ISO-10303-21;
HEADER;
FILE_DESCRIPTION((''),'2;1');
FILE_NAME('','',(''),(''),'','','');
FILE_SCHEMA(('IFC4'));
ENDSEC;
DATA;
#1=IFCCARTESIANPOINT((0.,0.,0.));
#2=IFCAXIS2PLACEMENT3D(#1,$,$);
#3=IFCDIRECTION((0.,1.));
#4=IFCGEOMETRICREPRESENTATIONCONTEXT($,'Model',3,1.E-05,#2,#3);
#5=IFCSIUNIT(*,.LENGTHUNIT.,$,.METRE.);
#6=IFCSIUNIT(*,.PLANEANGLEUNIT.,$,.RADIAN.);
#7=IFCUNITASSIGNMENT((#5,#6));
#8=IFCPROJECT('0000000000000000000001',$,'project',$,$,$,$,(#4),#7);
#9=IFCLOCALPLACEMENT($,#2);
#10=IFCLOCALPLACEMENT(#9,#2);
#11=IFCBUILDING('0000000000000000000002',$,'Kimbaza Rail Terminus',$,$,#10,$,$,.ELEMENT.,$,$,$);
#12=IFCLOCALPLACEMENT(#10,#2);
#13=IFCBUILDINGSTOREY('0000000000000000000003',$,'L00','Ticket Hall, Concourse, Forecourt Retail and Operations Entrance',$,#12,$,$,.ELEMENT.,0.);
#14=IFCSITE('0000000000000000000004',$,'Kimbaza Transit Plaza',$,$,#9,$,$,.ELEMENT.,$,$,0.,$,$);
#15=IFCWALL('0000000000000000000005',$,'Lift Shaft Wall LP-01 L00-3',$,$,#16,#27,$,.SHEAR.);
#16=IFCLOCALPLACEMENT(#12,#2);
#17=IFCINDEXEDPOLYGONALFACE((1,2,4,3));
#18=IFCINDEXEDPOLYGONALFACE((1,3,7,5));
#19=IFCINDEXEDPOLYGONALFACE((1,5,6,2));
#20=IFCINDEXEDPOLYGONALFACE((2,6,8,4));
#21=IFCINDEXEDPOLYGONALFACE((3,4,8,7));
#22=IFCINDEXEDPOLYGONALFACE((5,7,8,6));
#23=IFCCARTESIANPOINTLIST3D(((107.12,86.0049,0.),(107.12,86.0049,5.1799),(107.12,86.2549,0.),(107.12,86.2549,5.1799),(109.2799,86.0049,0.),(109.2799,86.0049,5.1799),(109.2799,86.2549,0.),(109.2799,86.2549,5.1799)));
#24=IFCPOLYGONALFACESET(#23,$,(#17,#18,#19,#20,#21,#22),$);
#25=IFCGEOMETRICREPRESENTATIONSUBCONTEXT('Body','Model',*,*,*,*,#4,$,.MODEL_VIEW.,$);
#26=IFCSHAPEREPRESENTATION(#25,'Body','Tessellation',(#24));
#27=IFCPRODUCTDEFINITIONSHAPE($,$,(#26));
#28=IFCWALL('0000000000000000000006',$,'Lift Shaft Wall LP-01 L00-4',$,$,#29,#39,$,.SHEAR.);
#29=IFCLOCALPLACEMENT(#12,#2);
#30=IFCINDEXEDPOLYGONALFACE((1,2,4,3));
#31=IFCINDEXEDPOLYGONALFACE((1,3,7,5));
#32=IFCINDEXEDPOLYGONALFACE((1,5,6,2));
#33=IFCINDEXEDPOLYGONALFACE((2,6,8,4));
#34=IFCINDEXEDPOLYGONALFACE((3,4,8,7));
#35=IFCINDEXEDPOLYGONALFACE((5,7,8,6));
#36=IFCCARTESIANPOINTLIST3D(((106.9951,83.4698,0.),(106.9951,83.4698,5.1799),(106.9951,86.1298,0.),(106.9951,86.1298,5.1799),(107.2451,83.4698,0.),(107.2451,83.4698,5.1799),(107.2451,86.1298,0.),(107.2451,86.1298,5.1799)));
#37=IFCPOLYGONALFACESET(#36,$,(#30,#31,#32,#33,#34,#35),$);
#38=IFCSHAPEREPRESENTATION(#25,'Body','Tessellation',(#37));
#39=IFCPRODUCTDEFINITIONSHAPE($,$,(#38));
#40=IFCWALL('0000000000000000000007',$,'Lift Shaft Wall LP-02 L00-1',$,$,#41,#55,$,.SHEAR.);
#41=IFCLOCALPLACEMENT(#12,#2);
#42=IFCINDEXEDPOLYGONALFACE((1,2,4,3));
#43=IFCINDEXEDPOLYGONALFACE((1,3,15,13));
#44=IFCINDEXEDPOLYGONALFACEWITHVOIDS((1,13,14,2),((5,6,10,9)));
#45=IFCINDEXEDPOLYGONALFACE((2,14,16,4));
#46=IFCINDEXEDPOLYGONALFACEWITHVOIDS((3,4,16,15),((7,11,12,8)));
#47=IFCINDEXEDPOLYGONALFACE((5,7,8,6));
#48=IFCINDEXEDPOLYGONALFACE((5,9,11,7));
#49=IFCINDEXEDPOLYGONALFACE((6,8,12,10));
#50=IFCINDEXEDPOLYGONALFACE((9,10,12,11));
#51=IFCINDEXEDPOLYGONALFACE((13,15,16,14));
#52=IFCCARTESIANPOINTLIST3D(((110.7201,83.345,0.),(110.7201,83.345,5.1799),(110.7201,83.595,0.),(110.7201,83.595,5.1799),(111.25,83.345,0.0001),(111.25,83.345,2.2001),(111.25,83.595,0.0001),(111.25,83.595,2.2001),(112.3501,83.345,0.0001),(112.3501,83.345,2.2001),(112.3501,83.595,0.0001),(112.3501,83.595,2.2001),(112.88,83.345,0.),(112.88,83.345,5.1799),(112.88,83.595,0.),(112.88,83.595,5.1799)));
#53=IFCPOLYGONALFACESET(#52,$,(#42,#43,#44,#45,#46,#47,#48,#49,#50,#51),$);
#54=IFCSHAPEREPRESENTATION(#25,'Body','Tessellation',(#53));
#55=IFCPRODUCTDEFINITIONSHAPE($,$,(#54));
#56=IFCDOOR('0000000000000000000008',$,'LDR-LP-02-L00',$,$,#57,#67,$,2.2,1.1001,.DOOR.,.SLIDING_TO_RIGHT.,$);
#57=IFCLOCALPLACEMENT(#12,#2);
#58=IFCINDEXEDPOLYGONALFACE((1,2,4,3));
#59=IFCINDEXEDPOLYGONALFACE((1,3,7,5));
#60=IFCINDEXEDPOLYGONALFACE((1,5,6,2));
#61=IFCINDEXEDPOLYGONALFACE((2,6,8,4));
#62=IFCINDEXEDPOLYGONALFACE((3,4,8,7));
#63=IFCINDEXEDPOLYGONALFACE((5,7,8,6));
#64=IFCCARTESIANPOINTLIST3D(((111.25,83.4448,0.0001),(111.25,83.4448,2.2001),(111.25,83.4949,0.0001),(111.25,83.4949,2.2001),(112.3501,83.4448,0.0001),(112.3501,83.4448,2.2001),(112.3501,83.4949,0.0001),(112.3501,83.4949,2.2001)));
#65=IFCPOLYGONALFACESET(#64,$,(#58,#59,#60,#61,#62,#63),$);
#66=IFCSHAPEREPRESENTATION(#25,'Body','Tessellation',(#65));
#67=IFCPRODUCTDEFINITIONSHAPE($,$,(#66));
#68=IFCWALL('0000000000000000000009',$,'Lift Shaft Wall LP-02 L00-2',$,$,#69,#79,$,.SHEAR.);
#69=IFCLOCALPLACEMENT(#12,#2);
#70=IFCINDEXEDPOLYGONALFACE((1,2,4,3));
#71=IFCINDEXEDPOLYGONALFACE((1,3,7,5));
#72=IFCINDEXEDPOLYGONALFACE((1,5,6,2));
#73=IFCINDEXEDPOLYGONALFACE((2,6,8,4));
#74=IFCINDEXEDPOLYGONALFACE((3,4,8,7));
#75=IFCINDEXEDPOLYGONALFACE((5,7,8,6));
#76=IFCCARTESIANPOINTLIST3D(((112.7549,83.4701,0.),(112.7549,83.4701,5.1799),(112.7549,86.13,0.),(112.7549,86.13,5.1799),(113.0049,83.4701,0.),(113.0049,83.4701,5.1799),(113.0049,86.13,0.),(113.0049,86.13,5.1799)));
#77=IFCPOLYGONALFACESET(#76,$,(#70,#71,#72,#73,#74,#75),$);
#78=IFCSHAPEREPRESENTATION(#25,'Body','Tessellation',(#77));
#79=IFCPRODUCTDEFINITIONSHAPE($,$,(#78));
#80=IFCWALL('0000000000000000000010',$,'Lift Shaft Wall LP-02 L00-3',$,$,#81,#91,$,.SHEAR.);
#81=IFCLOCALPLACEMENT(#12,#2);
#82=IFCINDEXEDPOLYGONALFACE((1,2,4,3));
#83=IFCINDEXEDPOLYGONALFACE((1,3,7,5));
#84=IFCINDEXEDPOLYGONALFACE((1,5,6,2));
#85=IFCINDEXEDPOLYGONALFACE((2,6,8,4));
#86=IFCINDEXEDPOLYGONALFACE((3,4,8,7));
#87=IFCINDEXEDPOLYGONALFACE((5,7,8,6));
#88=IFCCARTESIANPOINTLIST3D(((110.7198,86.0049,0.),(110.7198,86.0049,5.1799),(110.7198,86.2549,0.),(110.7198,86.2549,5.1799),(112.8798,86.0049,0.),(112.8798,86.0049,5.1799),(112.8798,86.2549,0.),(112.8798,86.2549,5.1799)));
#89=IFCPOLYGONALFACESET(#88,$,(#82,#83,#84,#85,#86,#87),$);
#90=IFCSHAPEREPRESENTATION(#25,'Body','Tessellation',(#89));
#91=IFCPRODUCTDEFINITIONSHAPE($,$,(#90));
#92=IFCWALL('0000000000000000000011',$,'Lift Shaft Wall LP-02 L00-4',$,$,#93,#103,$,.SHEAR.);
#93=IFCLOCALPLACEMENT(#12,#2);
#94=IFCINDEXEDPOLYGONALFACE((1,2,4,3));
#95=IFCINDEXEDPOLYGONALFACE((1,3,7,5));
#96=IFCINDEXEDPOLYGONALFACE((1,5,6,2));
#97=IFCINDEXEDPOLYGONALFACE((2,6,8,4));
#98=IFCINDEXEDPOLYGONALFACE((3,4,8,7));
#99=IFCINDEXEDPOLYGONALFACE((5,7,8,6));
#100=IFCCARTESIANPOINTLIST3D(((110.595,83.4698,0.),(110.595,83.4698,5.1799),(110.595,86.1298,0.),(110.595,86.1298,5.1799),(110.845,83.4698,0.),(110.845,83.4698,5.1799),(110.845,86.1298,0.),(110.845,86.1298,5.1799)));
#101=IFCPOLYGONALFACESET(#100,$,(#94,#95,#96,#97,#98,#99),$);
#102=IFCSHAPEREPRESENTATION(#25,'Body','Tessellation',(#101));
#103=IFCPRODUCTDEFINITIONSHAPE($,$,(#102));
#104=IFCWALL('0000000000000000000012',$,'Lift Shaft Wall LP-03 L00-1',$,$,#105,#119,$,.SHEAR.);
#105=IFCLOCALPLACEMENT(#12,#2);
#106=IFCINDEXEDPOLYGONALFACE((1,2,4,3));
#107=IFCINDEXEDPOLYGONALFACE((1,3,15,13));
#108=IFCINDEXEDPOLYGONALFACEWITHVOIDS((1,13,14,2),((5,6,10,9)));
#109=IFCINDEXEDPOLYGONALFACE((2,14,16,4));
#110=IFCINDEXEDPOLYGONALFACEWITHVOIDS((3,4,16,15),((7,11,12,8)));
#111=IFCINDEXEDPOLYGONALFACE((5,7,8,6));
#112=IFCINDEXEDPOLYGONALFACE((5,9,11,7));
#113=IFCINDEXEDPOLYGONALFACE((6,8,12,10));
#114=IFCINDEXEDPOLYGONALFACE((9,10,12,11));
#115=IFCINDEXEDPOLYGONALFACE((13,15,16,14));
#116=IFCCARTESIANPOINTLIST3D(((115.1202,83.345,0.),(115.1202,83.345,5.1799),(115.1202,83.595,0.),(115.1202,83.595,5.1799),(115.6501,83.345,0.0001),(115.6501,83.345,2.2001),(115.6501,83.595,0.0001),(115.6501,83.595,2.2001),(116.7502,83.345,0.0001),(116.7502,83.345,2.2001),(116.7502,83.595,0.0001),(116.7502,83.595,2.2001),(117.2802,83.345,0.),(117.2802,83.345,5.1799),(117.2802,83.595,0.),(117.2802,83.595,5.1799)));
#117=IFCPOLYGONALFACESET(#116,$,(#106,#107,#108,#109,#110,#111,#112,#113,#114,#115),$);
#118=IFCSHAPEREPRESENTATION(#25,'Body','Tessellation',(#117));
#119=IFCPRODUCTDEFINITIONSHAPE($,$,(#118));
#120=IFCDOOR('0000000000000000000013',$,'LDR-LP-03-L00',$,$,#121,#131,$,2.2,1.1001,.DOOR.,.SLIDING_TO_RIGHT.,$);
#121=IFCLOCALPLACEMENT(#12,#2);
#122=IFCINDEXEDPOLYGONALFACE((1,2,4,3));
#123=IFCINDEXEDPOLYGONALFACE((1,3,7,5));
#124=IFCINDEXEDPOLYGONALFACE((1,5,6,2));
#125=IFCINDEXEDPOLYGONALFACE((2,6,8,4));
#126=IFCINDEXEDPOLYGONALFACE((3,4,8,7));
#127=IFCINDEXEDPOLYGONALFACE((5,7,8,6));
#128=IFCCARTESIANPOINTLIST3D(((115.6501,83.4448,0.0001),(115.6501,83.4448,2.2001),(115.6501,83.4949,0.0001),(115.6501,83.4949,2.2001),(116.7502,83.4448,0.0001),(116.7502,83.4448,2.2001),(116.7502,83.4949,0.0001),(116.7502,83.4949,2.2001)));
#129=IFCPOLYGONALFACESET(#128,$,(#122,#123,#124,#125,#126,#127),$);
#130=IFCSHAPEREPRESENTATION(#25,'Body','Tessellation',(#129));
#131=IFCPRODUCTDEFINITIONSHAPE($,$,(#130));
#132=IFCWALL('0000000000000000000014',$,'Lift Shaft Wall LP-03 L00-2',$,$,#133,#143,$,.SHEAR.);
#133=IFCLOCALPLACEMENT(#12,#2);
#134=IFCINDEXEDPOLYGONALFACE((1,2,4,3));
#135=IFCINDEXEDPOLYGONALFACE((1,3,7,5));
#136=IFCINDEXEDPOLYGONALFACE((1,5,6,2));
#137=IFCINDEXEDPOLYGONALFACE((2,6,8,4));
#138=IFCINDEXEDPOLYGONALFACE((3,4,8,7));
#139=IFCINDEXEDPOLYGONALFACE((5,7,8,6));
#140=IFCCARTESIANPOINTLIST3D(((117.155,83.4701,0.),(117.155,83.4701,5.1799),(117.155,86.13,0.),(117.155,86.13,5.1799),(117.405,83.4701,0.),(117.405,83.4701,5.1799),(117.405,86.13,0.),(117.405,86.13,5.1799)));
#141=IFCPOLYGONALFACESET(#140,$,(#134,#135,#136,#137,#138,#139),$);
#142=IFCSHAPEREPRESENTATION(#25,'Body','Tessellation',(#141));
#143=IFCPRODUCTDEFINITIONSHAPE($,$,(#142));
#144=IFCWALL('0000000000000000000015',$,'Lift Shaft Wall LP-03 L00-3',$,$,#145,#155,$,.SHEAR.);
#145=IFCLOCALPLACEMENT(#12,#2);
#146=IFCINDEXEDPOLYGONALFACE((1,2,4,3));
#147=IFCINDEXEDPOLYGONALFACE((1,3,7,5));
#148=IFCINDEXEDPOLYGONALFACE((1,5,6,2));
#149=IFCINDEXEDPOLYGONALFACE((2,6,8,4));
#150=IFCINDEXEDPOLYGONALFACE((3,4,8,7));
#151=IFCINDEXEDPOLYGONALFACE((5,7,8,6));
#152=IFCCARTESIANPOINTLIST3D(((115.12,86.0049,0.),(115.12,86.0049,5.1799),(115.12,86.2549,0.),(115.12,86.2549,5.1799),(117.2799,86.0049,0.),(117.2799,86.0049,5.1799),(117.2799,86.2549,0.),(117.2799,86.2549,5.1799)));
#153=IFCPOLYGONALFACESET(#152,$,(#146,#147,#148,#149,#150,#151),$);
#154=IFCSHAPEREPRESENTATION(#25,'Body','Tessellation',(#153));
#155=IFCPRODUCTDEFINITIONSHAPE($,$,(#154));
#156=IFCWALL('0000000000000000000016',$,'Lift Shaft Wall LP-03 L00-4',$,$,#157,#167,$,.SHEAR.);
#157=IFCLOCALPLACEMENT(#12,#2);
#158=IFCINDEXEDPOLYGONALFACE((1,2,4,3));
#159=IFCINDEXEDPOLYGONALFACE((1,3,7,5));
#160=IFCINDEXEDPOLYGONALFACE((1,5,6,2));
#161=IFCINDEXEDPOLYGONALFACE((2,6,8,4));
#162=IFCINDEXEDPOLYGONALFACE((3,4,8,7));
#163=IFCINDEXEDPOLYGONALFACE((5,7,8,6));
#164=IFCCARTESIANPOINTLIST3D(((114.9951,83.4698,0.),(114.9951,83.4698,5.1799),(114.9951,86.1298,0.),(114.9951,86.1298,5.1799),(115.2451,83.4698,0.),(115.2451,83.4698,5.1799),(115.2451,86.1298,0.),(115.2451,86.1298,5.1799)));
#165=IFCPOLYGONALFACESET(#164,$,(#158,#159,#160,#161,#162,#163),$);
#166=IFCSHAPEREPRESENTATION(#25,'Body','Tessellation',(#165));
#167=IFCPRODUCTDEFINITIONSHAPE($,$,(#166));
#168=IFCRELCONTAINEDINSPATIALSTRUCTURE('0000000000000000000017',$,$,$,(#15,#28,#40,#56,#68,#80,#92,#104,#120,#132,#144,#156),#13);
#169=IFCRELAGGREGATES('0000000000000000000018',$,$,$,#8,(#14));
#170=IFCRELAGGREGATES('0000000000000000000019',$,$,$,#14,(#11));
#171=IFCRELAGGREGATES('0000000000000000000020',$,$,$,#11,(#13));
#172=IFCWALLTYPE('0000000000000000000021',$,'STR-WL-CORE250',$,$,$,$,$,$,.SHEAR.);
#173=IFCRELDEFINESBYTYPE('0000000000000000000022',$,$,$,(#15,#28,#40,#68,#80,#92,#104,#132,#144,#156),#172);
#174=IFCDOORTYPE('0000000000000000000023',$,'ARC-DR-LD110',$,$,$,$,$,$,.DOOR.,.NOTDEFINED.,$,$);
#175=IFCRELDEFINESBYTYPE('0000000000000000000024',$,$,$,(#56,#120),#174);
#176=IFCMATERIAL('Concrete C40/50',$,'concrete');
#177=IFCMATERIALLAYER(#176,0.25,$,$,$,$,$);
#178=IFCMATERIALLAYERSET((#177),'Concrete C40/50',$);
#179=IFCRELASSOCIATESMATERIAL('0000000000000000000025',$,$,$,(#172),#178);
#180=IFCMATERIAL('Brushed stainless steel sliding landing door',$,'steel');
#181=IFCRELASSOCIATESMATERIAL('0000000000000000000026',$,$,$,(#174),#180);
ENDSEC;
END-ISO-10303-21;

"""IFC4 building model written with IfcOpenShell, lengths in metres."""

from ifc_helpers import new_model, si_unit, direction, frame, frame_2d, origin, place, context, subcontext, project, spatial, rectangle, extrude, material, layer, layer_set, type_object, element, fill, save


model = new_model("IFC4")

# Units and contexts
model_context = context("Model", 3, precision=1e-05, world=origin(), true_north=direction((0.0, 1.0)))
body_context = subcontext(model_context, "Body", "Model", "MODEL_VIEW")
ifc_project = project(units=[si_unit("LENGTHUNIT", "METRE"), si_unit("PLANEANGLEUNIT", "RADIAN")], contexts=[model_context])

# Site, building, storey
site_placement = place(None, origin())
site = spatial("IfcSite", under=ifc_project, at=site_placement, Name="Kimbaza Transit Plaza", CompositionType="ELEMENT", RefElevation=0.0)
building_placement = place(site_placement, origin())
building = spatial("IfcBuilding", under=site, at=building_placement, Name="Kimbaza Rail Terminus", CompositionType="ELEMENT")
storey_placement = place(building_placement, origin())
storey = spatial("IfcBuildingStorey", under=building, at=storey_placement, Name="L00", Description="Ticket Hall, Concourse, Forecourt Retail and Operations Entrance", CompositionType="ELEMENT", Elevation=0.0)

# Shared definitions
ifc_material_1 = material(Name="Concrete C40/50", Category="concrete")
ifc_layer_1 = layer(ifc_material_1, 0.25)
ifc_layer_set_1 = layer_set([ifc_layer_1], Name="Concrete C40/50")
wall_type_1 = type_object("IfcWallType", Name="STR-WL-CORE250", PredefinedType="SHEAR", material=ifc_layer_set_1)
ifc_material_2 = material(Name="Brushed stainless steel sliding landing door", Category="steel")
door_type = type_object("IfcDoorType", Name="ARC-DR-LD110", OperationType="NOTDEFINED", PredefinedType="DOOR", material=ifc_material_2)

# Walls
wall_1_placement = place(storey_placement, frame((109.28, 86.1299, 0.0), z_axis=(0.0, 0.0, 1.0), x_axis=(-1.0, 0.0, 0.0)))
element("IfcWall", 1, at=wall_1_placement, inside=storey, type_object=wall_type_1, Name="Lift Shaft Wall LP-01 L00-3", PredefinedType="SHEAR", context=body_context, shape_type="SweptSolid", body=[
    extrude(rectangle(XDim=2.1599, YDim=0.25, at=frame_2d((1.0801, 0.0))), origin(), (0.0, 0.0, 1.0), 5.1799),
])
wall_2_placement = place(storey_placement, frame((107.1201, 86.1299, 0.0), z_axis=(0.0, 0.0, 1.0), x_axis=(0.0, -1.0, 0.0)))
element("IfcWall", 2, at=wall_2_placement, inside=storey, type_object=wall_type_1, Name="Lift Shaft Wall LP-01 L00-4", PredefinedType="SHEAR", context=body_context, shape_type="SweptSolid", body=[
    extrude(rectangle(XDim=2.6599, YDim=0.25, at=frame_2d((1.3301, 0.0))), origin(), (0.0, 0.0, 1.0), 5.1799),
])

# Wall, opening, door
wall_3_placement = place(storey_placement, frame((110.72, 83.47, 0.0), z_axis=(0.0, 0.0, 1.0), x_axis=(1.0, 0.0, 0.0)))
wall_3 = element("IfcWall", 3, at=wall_3_placement, inside=storey, type_object=wall_type_1, Name="Lift Shaft Wall LP-02 L00-1", PredefinedType="SHEAR", context=body_context, shape_type="SweptSolid", body=[
    extrude(rectangle(XDim=2.1599, YDim=0.25, at=frame_2d((1.0801, 0.0))), origin(), (0.0, 0.0, 1.0), 5.1799),
])
opening_1_placement = place(wall_3_placement, frame((0.53, 0.0, 0.0)))
opening_1 = element("IfcOpeningElement", 4, at=opening_1_placement, cuts=wall_3, PredefinedType="OPENING", context=body_context, shape_type="SweptSolid", body=[
    extrude(rectangle(XDim=1.1001, YDim=2.2, at=frame_2d((0.55, 1.1001))), frame((0.0, 0.135, 0.0), z_axis=(0.0, -1.0, 0.0), x_axis=(1.0, 0.0, 0.0)), (0.0, 0.0, 1.0), 0.27),
])
door_1_placement = place(opening_1_placement, origin())
door_1 = element("IfcDoor", 5, at=door_1_placement, inside=storey, type_object=door_type, Name="LDR-LP-02-L00", OperationType="SLIDING_TO_RIGHT", OverallHeight=2.2, OverallWidth=1.1001, PredefinedType="DOOR", context=body_context, shape_type="SweptSolid", body=[
    extrude(rectangle(XDim=1.1001, YDim=2.2, at=frame_2d((0.55, 1.1001))), frame((0.0, 0.0249, 0.0), z_axis=(0.0, -1.0, 0.0), x_axis=(1.0, 0.0, 0.0)), (0.0, 0.0, 1.0), 0.05),
])
fill(opening_1, door_1)

# Walls
wall_4_placement = place(storey_placement, frame((112.8799, 83.47, 0.0), z_axis=(0.0, 0.0, 1.0), x_axis=(0.0, 1.0, 0.0)))
element("IfcWall", 6, at=wall_4_placement, inside=storey, type_object=wall_type_1, Name="Lift Shaft Wall LP-02 L00-2", PredefinedType="SHEAR", context=body_context, shape_type="SweptSolid", body=[
    extrude(rectangle(XDim=2.6599, YDim=0.25, at=frame_2d((1.3301, 0.0))), origin(), (0.0, 0.0, 1.0), 5.1799),
])
wall_5_placement = place(storey_placement, frame((112.8799, 86.1299, 0.0), z_axis=(0.0, 0.0, 1.0), x_axis=(-1.0, 0.0, 0.0)))
element("IfcWall", 7, at=wall_5_placement, inside=storey, type_object=wall_type_1, Name="Lift Shaft Wall LP-02 L00-3", PredefinedType="SHEAR", context=body_context, shape_type="SweptSolid", body=[
    extrude(rectangle(XDim=2.1599, YDim=0.25, at=frame_2d((1.0801, 0.0))), origin(), (0.0, 0.0, 1.0), 5.1799),
])
wall_6_placement = place(storey_placement, frame((110.72, 86.1299, 0.0), z_axis=(0.0, 0.0, 1.0), x_axis=(0.0, -1.0, 0.0)))
element("IfcWall", 8, at=wall_6_placement, inside=storey, type_object=wall_type_1, Name="Lift Shaft Wall LP-02 L00-4", PredefinedType="SHEAR", context=body_context, shape_type="SweptSolid", body=[
    extrude(rectangle(XDim=2.6599, YDim=0.25, at=frame_2d((1.3301, 0.0))), origin(), (0.0, 0.0, 1.0), 5.1799),
])

# Wall, opening, door
wall_7_placement = place(storey_placement, frame((115.1201, 83.47, 0.0), z_axis=(0.0, 0.0, 1.0), x_axis=(1.0, 0.0, 0.0)))
wall_7 = element("IfcWall", 9, at=wall_7_placement, inside=storey, type_object=wall_type_1, Name="Lift Shaft Wall LP-03 L00-1", PredefinedType="SHEAR", context=body_context, shape_type="SweptSolid", body=[
    extrude(rectangle(XDim=2.1599, YDim=0.25, at=frame_2d((1.0801, 0.0))), origin(), (0.0, 0.0, 1.0), 5.1799),
])
opening_2_placement = place(wall_7_placement, frame((0.53, 0.0, 0.0)))
opening_2 = element("IfcOpeningElement", 10, at=opening_2_placement, cuts=wall_7, PredefinedType="OPENING", context=body_context, shape_type="SweptSolid", body=[
    extrude(rectangle(XDim=1.1001, YDim=2.2, at=frame_2d((0.55, 1.1001))), frame((0.0, 0.135, 0.0), z_axis=(0.0, -1.0, 0.0), x_axis=(1.0, 0.0, 0.0)), (0.0, 0.0, 1.0), 0.27),
])
door_2_placement = place(opening_2_placement, origin())
door_2 = element("IfcDoor", 11, at=door_2_placement, inside=storey, type_object=door_type, Name="LDR-LP-03-L00", OperationType="SLIDING_TO_RIGHT", OverallHeight=2.2, OverallWidth=1.1001, PredefinedType="DOOR", context=body_context, shape_type="SweptSolid", body=[
    extrude(rectangle(XDim=1.1001, YDim=2.2, at=frame_2d((0.55, 1.1001))), frame((0.0, 0.0249, 0.0), z_axis=(0.0, -1.0, 0.0), x_axis=(1.0, 0.0, 0.0)), (0.0, 0.0, 1.0), 0.05),
])
fill(opening_2, door_2)

# Walls
wall_8_placement = place(storey_placement, frame((117.28, 83.47, 0.0), z_axis=(0.0, 0.0, 1.0), x_axis=(0.0, 1.0, 0.0)))
element("IfcWall", 12, at=wall_8_placement, inside=storey, type_object=wall_type_1, Name="Lift Shaft Wall LP-03 L00-2", PredefinedType="SHEAR", context=body_context, shape_type="SweptSolid", body=[
    extrude(rectangle(XDim=2.6599, YDim=0.25, at=frame_2d((1.3301, 0.0))), origin(), (0.0, 0.0, 1.0), 5.1799),
])
wall_9_placement = place(storey_placement, frame((117.28, 86.1299, 0.0), z_axis=(0.0, 0.0, 1.0), x_axis=(-1.0, 0.0, 0.0)))
element("IfcWall", 13, at=wall_9_placement, inside=storey, type_object=wall_type_1, Name="Lift Shaft Wall LP-03 L00-3", PredefinedType="SHEAR", context=body_context, shape_type="SweptSolid", body=[
    extrude(rectangle(XDim=2.1599, YDim=0.25, at=frame_2d((1.0801, 0.0))), origin(), (0.0, 0.0, 1.0), 5.1799),
])
wall_10_placement = place(storey_placement, frame((115.1201, 86.1299, 0.0), z_axis=(0.0, 0.0, 1.0), x_axis=(0.0, -1.0, 0.0)))
element("IfcWall", 14, at=wall_10_placement, inside=storey, type_object=wall_type_1, Name="Lift Shaft Wall LP-03 L00-4", PredefinedType="SHEAR", context=body_context, shape_type="SweptSolid", body=[
    extrude(rectangle(XDim=2.6599, YDim=0.25, at=frame_2d((1.3301, 0.0))), origin(), (0.0, 0.0, 1.0), 5.1799),
])

save(model, "model.ifc")
